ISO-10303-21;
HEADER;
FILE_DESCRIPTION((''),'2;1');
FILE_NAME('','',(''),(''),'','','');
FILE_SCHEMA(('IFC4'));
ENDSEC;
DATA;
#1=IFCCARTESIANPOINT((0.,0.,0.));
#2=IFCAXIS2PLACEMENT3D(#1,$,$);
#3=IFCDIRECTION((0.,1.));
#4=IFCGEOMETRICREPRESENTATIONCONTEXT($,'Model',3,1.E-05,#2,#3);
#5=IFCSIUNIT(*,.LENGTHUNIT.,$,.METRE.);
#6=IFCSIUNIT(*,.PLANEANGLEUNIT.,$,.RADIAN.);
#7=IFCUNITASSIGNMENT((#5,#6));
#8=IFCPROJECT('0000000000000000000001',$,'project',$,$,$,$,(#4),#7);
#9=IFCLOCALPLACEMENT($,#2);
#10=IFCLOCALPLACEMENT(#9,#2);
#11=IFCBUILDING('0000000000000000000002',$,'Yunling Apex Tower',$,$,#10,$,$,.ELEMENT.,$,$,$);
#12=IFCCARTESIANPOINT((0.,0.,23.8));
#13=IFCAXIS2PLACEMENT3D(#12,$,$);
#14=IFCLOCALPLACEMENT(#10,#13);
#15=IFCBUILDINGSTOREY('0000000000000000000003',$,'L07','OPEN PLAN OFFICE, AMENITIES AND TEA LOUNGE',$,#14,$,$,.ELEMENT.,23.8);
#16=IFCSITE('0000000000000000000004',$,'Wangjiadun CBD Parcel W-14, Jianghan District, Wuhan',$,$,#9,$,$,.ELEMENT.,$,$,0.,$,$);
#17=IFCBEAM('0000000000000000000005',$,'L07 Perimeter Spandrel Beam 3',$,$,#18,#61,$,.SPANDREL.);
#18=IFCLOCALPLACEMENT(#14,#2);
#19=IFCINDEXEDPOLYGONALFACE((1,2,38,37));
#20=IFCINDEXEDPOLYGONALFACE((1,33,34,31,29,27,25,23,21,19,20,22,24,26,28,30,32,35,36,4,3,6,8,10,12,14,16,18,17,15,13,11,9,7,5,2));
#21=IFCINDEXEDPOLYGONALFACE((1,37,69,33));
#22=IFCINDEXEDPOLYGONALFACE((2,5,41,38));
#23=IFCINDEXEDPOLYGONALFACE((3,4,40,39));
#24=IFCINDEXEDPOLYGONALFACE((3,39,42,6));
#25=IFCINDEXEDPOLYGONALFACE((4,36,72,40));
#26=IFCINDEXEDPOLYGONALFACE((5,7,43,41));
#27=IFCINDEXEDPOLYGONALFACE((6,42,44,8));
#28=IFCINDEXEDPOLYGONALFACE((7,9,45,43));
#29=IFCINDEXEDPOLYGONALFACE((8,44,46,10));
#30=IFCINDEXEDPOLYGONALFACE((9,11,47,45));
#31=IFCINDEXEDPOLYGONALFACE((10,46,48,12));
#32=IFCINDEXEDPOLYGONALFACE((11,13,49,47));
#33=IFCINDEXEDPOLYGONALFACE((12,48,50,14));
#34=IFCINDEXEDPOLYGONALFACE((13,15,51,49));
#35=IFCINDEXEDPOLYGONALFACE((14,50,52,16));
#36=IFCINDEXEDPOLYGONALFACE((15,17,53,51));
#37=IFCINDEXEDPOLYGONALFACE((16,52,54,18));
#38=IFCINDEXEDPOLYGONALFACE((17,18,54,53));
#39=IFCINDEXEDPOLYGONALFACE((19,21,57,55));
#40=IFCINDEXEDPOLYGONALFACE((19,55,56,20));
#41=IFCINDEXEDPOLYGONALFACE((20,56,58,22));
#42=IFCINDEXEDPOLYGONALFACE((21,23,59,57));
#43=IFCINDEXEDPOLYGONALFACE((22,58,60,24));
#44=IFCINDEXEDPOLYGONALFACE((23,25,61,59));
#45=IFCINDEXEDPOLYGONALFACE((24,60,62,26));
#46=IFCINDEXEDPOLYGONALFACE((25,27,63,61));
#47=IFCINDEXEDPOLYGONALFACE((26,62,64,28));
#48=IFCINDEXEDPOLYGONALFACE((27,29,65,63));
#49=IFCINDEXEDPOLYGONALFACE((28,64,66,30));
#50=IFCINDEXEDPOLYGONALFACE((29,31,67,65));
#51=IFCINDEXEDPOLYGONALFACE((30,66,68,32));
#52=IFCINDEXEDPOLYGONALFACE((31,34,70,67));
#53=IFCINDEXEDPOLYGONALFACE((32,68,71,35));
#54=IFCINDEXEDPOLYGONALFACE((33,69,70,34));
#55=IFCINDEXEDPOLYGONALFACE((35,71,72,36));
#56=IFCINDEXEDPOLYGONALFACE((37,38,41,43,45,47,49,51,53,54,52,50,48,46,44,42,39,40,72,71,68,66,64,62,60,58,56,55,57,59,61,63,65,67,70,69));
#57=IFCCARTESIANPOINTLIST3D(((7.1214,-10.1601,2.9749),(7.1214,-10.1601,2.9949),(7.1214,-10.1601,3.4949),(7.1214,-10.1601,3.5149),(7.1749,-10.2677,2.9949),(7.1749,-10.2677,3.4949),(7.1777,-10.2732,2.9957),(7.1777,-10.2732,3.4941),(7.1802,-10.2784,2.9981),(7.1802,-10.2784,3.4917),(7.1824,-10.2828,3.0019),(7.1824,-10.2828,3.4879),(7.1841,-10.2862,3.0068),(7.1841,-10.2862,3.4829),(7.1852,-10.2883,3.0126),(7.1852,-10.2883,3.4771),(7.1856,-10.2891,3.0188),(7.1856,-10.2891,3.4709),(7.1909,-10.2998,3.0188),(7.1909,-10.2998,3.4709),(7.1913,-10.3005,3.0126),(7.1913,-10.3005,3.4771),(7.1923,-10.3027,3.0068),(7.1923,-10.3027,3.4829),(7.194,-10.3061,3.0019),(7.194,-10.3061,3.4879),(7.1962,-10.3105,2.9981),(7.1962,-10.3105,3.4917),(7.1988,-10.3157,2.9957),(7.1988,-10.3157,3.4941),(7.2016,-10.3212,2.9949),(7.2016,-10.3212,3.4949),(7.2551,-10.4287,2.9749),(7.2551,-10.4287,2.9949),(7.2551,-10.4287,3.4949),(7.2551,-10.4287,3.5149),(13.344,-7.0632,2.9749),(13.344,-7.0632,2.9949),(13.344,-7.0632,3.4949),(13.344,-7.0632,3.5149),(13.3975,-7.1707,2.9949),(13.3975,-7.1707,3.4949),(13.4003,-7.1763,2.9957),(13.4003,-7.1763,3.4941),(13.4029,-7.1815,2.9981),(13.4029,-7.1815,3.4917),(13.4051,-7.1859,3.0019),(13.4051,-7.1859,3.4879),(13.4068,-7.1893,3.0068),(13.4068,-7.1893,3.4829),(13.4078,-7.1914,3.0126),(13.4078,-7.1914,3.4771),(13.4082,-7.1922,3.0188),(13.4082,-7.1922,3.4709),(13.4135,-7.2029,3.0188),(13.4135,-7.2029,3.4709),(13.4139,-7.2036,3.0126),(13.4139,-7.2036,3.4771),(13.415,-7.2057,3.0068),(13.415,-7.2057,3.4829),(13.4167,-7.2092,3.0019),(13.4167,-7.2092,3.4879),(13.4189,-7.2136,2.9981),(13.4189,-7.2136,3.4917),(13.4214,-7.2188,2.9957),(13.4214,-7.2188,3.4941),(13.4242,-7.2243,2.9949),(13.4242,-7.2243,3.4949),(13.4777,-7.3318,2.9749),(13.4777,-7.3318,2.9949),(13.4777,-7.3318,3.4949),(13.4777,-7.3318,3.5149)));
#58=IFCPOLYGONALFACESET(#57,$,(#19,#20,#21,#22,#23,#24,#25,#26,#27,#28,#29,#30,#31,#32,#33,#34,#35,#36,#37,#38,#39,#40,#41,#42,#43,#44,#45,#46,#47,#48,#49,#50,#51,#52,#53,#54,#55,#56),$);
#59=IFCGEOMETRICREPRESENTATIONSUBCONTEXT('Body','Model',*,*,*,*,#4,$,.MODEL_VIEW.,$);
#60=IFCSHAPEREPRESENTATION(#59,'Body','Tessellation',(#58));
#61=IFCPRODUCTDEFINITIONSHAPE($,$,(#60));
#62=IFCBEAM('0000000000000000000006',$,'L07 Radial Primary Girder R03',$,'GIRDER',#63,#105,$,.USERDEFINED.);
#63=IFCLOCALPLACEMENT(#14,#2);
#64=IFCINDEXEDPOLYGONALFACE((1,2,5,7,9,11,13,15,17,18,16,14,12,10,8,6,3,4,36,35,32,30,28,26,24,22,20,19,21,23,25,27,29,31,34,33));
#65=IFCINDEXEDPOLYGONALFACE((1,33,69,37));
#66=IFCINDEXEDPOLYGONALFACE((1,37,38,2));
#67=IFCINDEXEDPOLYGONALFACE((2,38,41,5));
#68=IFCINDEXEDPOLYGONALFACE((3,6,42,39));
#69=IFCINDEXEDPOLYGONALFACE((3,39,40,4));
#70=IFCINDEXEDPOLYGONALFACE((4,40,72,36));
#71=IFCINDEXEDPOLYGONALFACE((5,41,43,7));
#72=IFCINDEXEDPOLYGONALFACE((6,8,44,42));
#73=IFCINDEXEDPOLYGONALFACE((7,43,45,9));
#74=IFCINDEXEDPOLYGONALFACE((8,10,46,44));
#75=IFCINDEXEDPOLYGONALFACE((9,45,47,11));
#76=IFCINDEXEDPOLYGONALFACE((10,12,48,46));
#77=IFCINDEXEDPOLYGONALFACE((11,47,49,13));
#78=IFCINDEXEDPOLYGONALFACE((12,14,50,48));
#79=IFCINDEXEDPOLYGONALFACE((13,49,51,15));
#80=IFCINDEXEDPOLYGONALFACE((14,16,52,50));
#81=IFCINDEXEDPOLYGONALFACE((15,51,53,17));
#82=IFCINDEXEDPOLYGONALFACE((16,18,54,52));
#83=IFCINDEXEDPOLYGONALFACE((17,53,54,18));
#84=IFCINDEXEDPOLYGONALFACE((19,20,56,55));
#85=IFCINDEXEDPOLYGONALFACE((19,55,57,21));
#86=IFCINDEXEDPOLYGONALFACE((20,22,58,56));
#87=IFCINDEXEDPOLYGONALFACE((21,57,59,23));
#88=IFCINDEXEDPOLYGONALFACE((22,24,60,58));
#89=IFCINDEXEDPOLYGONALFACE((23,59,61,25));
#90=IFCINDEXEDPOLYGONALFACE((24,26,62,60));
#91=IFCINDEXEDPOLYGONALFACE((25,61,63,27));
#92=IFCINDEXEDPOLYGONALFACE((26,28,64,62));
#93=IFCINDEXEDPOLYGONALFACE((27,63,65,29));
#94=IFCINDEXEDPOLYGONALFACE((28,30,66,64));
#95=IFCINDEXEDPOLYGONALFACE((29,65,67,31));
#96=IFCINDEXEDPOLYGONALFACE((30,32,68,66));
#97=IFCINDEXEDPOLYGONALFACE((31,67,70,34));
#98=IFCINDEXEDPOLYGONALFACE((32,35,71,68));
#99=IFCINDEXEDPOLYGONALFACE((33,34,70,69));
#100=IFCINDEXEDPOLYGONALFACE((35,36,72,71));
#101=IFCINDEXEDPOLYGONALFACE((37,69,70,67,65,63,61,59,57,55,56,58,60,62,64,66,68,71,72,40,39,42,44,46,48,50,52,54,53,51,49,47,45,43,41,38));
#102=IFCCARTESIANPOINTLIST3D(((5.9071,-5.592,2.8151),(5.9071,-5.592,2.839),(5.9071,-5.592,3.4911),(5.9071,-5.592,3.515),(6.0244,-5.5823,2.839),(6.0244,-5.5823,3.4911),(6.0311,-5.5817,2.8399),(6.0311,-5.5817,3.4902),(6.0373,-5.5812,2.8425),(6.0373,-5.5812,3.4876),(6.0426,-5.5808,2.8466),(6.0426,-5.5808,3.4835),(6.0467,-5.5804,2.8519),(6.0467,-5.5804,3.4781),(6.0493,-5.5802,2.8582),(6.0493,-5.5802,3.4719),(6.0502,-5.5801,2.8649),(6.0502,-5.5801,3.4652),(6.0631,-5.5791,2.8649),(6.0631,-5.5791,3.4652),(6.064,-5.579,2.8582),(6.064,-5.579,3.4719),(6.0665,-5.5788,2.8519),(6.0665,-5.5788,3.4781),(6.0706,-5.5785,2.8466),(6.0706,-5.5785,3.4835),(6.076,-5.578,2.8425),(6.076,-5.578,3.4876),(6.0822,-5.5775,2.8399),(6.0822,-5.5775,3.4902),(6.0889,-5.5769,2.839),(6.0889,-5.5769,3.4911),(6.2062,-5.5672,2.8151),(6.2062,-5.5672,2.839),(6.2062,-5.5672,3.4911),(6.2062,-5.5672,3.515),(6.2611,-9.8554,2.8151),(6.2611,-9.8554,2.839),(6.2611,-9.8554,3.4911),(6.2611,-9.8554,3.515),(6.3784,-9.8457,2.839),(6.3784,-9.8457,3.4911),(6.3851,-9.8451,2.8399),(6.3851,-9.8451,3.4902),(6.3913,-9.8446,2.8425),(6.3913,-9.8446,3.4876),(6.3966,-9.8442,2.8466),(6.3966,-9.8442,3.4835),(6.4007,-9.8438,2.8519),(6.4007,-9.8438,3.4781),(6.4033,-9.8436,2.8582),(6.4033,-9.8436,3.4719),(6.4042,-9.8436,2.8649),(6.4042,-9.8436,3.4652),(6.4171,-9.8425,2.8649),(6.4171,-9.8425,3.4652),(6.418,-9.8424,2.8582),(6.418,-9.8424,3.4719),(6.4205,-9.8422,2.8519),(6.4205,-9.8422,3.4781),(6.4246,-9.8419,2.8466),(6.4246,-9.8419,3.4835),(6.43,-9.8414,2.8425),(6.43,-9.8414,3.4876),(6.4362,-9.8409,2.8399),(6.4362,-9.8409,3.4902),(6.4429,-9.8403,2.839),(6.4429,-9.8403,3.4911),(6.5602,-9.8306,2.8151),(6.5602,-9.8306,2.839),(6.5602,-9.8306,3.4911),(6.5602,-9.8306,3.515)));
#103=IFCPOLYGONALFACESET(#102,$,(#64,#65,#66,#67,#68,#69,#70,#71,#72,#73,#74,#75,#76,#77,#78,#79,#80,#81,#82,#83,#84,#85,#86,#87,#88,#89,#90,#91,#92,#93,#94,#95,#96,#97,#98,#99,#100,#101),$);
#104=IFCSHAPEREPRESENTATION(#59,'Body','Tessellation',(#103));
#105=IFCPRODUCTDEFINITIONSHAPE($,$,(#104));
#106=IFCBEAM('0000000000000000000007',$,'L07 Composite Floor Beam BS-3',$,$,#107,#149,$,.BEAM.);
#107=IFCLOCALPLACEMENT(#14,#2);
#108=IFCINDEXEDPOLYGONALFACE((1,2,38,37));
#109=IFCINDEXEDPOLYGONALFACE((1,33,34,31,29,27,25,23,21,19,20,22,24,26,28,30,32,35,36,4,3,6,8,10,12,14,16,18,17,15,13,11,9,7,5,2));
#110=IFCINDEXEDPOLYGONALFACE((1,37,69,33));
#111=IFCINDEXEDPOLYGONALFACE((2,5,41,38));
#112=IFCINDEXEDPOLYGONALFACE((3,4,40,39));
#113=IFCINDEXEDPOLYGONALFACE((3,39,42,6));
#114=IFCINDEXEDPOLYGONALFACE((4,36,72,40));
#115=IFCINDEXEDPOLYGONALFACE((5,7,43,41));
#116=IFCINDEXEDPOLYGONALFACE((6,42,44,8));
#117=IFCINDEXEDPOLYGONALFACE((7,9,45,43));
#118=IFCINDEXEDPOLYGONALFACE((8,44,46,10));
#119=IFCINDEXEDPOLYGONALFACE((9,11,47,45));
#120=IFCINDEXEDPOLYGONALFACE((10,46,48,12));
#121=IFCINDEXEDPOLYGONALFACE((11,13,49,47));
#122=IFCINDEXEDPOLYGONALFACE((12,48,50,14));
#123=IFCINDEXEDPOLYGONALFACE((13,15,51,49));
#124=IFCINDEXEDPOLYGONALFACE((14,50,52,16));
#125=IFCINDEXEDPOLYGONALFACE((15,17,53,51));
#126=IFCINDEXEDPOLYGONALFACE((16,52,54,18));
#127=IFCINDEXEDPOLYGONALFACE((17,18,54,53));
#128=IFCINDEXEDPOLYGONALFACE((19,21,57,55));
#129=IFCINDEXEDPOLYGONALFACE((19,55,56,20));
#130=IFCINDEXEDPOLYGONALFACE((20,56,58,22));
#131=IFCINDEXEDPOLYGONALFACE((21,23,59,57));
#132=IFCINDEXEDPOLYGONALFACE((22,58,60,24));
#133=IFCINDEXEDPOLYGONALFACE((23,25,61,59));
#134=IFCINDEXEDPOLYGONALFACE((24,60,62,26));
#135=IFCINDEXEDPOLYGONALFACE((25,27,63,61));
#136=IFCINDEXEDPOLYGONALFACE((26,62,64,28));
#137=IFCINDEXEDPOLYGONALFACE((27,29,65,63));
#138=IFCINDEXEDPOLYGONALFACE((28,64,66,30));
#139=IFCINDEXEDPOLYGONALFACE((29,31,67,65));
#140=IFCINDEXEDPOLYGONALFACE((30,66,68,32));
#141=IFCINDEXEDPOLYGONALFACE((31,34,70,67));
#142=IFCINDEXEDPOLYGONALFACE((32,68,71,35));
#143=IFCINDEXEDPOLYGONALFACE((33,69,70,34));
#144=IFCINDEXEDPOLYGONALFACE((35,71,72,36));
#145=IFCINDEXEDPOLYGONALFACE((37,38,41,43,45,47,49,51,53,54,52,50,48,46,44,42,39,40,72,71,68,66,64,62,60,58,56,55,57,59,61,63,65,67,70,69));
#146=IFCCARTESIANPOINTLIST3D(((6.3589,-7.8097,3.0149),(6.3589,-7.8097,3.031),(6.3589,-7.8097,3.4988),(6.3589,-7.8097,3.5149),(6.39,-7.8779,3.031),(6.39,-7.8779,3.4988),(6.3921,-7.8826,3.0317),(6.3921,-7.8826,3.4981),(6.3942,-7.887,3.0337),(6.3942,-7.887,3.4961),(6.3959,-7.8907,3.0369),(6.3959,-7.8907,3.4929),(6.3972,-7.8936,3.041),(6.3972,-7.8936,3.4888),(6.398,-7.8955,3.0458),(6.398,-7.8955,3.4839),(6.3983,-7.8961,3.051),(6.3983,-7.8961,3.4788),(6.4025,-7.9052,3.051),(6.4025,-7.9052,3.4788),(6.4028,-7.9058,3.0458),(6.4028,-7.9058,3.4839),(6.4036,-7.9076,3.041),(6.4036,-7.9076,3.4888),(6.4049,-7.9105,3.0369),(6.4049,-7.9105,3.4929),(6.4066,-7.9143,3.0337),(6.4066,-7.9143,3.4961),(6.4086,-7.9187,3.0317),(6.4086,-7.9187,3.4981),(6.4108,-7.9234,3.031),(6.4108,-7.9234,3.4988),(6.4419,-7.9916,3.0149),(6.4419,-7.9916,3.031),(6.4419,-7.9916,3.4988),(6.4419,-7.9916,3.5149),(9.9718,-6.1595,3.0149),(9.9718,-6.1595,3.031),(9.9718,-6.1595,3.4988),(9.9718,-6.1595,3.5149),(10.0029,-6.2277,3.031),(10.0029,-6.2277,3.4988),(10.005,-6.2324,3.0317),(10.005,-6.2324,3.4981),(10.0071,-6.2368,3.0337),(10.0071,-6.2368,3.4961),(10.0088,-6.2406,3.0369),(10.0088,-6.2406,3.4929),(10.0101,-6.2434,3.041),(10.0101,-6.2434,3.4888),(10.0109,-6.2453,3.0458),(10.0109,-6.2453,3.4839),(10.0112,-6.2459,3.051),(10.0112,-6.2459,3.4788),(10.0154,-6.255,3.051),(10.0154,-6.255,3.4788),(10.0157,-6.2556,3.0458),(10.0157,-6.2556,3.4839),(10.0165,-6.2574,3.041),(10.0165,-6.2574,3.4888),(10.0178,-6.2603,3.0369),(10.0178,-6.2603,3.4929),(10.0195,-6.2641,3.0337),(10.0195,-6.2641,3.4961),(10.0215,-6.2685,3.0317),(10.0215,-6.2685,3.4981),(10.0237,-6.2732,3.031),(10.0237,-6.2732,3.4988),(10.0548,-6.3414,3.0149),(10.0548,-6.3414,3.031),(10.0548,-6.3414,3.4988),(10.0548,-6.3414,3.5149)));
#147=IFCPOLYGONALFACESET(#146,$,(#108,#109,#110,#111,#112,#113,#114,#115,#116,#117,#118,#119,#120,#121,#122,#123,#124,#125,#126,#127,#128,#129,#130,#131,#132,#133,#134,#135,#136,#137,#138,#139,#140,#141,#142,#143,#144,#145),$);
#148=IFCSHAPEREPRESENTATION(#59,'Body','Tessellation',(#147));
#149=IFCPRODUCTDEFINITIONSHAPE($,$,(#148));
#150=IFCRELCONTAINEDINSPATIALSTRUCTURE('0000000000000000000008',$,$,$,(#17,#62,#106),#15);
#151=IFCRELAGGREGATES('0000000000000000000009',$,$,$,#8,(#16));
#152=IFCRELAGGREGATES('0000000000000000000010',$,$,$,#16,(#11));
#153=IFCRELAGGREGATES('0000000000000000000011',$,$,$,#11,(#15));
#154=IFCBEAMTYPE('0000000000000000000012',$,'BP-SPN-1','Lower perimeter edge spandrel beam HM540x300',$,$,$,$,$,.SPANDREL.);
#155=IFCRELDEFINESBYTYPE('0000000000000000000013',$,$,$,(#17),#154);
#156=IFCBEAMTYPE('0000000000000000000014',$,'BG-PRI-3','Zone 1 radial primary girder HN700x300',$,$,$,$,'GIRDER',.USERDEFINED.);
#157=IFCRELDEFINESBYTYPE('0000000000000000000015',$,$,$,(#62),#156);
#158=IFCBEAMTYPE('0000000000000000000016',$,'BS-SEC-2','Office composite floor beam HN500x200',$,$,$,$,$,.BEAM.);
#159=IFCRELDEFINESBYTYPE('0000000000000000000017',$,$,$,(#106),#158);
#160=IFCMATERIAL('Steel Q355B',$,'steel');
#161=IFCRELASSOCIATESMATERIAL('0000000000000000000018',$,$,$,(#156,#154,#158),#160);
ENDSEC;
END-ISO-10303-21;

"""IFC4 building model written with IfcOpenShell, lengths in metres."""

from ifc_helpers import new_model, si_unit, direction, frame, origin, origin_2d, place, context, subcontext, project, spatial, i_section, extrude, source, transform, mapped, material, material_profile, profile_set, type_object, element, save


model = new_model("IFC4")

# Units and contexts
model_context = context("Model", 3, precision=1e-05, world=origin(), true_north=direction((0.0, 1.0)))
body_context = subcontext(model_context, "Body", "Model", "MODEL_VIEW")
ifc_project = project(units=[si_unit("LENGTHUNIT", "METRE"), si_unit("PLANEANGLEUNIT", "RADIAN")], contexts=[model_context])

# Site, building, storey
site_placement = place(None, origin())
site = spatial("IfcSite", under=ifc_project, at=site_placement, Name="Wangjiadun CBD Parcel W-14, Jianghan District, Wuhan", CompositionType="ELEMENT", RefElevation=0.0)
building_placement = place(site_placement, origin())
building = spatial("IfcBuilding", under=site, at=building_placement, Name="Yunling Apex Tower", CompositionType="ELEMENT")
storey_placement = place(building_placement, frame((0.0, 0.0, 23.8)))
storey = spatial("IfcBuildingStorey", under=building, at=storey_placement, Name="L07", Description="OPEN PLAN OFFICE, AMENITIES AND TEA LOUNGE", CompositionType="ELEMENT", Elevation=23.8)

# Beams
ifc_material_1 = material(Name="Steel Q355B", Category="steel")
ifc_material_profile_1 = material_profile(ifc_material_1, i_section(OverallWidth=0.3, OverallDepth=0.7, WebThickness=0.0129, FlangeThickness=0.0239, FilletRadius=0.0259, at=origin_2d()))
ifc_profile_set_1 = profile_set([ifc_material_profile_1], Name="Steel Q355B")
beam_type_1 = type_object("IfcBeamType", Name="BG-PRI-3", Description="Zone 1 radial primary girder HN700x300", ElementType="GIRDER", PredefinedType="USERDEFINED", material=ifc_profile_set_1)
ifc_material_profile_2 = material_profile(ifc_material_1, i_section(OverallWidth=0.3, OverallDepth=0.54, WebThickness=0.012, FlangeThickness=0.02, FilletRadius=0.0239, at=origin_2d()))
ifc_profile_set_2 = profile_set([ifc_material_profile_2], Name="Steel Q355B")
beam_type_2 = type_object("IfcBeamType", Name="BP-SPN-1", Description="Lower perimeter edge spandrel beam HM540x300", PredefinedType="SPANDREL", material=ifc_profile_set_2)
shared_shape_1 = source(origin(), body_context, "Body", "SweptSolid", [
    extrude(i_section(OverallWidth=0.3, OverallDepth=0.54, WebThickness=0.012, FlangeThickness=0.02, FilletRadius=0.0239, at=origin_2d()), origin(), (0.0, 0.0, 1.0), 6.9507),
])
beam_1_placement = place(storey_placement, frame((7.1882, -10.2944, 3.2449), z_axis=(0.895255, 0.445555, 0.0), x_axis=(-0.445555, 0.895255, 0.0)))
element("IfcBeam", 1, at=beam_1_placement, inside=storey, type_object=beam_type_2, Name="L07 Perimeter Spandrel Beam 3", PredefinedType="SPANDREL", context=body_context, shape_type="MappedRepresentation", body=[
    mapped(shared_shape_1, transform((0.0, 0.0, 0.0), scale=1.0)),
])
shared_shape_2 = source(origin(), body_context, "Body", "SweptSolid", [
    extrude(i_section(OverallWidth=0.3, OverallDepth=0.7, WebThickness=0.0129, FlangeThickness=0.0239, FilletRadius=0.0259, at=origin_2d()), origin(), (0.0, 0.0, 1.0), 4.2781),
])
beam_2_placement = place(storey_placement, frame((6.4106, -9.843, 3.165), z_axis=(-0.082748, 0.996571, 0.0), x_axis=(-0.996571, -0.082748, 0.0)))
element("IfcBeam", 2, at=beam_2_placement, inside=storey, type_object=beam_type_1, Name="L07 Radial Primary Girder R03", ObjectType="GIRDER", PredefinedType="USERDEFINED", context=body_context, shape_type="MappedRepresentation", body=[
    mapped(shared_shape_2, transform((0.0, 0.0, 0.0), scale=1.0)),
])
ifc_material_profile_3 = material_profile(ifc_material_1, i_section(OverallWidth=0.2, OverallDepth=0.5, WebThickness=0.01, FlangeThickness=0.0161, FilletRadius=0.02, at=origin_2d()))
ifc_profile_set_3 = profile_set([ifc_material_profile_3], Name="Steel Q355B")
beam_type_3 = type_object("IfcBeamType", Name="BS-SEC-2", Description="Office composite floor beam HN500x200", PredefinedType="BEAM", material=ifc_profile_set_3)
shared_shape_3 = source(origin(), body_context, "Body", "SweptSolid", [
    extrude(i_section(OverallWidth=0.2, OverallDepth=0.5, WebThickness=0.01, FlangeThickness=0.0161, FilletRadius=0.02, at=origin_2d()), origin(), (0.0, 0.0, 1.0), 3.9719),
])
beam_3_placement = place(storey_placement, frame((6.4004, -7.9006, 3.2649), z_axis=(0.909609, 0.415465, 0.0), x_axis=(-0.415465, 0.909609, 0.0)))
element("IfcBeam", 3, at=beam_3_placement, inside=storey, type_object=beam_type_3, Name="L07 Composite Floor Beam BS-3", PredefinedType="BEAM", context=body_context, shape_type="MappedRepresentation", body=[
    mapped(shared_shape_3, transform((0.0, 0.0, 0.0), scale=1.0)),
])

save(model, "model.ifc")
